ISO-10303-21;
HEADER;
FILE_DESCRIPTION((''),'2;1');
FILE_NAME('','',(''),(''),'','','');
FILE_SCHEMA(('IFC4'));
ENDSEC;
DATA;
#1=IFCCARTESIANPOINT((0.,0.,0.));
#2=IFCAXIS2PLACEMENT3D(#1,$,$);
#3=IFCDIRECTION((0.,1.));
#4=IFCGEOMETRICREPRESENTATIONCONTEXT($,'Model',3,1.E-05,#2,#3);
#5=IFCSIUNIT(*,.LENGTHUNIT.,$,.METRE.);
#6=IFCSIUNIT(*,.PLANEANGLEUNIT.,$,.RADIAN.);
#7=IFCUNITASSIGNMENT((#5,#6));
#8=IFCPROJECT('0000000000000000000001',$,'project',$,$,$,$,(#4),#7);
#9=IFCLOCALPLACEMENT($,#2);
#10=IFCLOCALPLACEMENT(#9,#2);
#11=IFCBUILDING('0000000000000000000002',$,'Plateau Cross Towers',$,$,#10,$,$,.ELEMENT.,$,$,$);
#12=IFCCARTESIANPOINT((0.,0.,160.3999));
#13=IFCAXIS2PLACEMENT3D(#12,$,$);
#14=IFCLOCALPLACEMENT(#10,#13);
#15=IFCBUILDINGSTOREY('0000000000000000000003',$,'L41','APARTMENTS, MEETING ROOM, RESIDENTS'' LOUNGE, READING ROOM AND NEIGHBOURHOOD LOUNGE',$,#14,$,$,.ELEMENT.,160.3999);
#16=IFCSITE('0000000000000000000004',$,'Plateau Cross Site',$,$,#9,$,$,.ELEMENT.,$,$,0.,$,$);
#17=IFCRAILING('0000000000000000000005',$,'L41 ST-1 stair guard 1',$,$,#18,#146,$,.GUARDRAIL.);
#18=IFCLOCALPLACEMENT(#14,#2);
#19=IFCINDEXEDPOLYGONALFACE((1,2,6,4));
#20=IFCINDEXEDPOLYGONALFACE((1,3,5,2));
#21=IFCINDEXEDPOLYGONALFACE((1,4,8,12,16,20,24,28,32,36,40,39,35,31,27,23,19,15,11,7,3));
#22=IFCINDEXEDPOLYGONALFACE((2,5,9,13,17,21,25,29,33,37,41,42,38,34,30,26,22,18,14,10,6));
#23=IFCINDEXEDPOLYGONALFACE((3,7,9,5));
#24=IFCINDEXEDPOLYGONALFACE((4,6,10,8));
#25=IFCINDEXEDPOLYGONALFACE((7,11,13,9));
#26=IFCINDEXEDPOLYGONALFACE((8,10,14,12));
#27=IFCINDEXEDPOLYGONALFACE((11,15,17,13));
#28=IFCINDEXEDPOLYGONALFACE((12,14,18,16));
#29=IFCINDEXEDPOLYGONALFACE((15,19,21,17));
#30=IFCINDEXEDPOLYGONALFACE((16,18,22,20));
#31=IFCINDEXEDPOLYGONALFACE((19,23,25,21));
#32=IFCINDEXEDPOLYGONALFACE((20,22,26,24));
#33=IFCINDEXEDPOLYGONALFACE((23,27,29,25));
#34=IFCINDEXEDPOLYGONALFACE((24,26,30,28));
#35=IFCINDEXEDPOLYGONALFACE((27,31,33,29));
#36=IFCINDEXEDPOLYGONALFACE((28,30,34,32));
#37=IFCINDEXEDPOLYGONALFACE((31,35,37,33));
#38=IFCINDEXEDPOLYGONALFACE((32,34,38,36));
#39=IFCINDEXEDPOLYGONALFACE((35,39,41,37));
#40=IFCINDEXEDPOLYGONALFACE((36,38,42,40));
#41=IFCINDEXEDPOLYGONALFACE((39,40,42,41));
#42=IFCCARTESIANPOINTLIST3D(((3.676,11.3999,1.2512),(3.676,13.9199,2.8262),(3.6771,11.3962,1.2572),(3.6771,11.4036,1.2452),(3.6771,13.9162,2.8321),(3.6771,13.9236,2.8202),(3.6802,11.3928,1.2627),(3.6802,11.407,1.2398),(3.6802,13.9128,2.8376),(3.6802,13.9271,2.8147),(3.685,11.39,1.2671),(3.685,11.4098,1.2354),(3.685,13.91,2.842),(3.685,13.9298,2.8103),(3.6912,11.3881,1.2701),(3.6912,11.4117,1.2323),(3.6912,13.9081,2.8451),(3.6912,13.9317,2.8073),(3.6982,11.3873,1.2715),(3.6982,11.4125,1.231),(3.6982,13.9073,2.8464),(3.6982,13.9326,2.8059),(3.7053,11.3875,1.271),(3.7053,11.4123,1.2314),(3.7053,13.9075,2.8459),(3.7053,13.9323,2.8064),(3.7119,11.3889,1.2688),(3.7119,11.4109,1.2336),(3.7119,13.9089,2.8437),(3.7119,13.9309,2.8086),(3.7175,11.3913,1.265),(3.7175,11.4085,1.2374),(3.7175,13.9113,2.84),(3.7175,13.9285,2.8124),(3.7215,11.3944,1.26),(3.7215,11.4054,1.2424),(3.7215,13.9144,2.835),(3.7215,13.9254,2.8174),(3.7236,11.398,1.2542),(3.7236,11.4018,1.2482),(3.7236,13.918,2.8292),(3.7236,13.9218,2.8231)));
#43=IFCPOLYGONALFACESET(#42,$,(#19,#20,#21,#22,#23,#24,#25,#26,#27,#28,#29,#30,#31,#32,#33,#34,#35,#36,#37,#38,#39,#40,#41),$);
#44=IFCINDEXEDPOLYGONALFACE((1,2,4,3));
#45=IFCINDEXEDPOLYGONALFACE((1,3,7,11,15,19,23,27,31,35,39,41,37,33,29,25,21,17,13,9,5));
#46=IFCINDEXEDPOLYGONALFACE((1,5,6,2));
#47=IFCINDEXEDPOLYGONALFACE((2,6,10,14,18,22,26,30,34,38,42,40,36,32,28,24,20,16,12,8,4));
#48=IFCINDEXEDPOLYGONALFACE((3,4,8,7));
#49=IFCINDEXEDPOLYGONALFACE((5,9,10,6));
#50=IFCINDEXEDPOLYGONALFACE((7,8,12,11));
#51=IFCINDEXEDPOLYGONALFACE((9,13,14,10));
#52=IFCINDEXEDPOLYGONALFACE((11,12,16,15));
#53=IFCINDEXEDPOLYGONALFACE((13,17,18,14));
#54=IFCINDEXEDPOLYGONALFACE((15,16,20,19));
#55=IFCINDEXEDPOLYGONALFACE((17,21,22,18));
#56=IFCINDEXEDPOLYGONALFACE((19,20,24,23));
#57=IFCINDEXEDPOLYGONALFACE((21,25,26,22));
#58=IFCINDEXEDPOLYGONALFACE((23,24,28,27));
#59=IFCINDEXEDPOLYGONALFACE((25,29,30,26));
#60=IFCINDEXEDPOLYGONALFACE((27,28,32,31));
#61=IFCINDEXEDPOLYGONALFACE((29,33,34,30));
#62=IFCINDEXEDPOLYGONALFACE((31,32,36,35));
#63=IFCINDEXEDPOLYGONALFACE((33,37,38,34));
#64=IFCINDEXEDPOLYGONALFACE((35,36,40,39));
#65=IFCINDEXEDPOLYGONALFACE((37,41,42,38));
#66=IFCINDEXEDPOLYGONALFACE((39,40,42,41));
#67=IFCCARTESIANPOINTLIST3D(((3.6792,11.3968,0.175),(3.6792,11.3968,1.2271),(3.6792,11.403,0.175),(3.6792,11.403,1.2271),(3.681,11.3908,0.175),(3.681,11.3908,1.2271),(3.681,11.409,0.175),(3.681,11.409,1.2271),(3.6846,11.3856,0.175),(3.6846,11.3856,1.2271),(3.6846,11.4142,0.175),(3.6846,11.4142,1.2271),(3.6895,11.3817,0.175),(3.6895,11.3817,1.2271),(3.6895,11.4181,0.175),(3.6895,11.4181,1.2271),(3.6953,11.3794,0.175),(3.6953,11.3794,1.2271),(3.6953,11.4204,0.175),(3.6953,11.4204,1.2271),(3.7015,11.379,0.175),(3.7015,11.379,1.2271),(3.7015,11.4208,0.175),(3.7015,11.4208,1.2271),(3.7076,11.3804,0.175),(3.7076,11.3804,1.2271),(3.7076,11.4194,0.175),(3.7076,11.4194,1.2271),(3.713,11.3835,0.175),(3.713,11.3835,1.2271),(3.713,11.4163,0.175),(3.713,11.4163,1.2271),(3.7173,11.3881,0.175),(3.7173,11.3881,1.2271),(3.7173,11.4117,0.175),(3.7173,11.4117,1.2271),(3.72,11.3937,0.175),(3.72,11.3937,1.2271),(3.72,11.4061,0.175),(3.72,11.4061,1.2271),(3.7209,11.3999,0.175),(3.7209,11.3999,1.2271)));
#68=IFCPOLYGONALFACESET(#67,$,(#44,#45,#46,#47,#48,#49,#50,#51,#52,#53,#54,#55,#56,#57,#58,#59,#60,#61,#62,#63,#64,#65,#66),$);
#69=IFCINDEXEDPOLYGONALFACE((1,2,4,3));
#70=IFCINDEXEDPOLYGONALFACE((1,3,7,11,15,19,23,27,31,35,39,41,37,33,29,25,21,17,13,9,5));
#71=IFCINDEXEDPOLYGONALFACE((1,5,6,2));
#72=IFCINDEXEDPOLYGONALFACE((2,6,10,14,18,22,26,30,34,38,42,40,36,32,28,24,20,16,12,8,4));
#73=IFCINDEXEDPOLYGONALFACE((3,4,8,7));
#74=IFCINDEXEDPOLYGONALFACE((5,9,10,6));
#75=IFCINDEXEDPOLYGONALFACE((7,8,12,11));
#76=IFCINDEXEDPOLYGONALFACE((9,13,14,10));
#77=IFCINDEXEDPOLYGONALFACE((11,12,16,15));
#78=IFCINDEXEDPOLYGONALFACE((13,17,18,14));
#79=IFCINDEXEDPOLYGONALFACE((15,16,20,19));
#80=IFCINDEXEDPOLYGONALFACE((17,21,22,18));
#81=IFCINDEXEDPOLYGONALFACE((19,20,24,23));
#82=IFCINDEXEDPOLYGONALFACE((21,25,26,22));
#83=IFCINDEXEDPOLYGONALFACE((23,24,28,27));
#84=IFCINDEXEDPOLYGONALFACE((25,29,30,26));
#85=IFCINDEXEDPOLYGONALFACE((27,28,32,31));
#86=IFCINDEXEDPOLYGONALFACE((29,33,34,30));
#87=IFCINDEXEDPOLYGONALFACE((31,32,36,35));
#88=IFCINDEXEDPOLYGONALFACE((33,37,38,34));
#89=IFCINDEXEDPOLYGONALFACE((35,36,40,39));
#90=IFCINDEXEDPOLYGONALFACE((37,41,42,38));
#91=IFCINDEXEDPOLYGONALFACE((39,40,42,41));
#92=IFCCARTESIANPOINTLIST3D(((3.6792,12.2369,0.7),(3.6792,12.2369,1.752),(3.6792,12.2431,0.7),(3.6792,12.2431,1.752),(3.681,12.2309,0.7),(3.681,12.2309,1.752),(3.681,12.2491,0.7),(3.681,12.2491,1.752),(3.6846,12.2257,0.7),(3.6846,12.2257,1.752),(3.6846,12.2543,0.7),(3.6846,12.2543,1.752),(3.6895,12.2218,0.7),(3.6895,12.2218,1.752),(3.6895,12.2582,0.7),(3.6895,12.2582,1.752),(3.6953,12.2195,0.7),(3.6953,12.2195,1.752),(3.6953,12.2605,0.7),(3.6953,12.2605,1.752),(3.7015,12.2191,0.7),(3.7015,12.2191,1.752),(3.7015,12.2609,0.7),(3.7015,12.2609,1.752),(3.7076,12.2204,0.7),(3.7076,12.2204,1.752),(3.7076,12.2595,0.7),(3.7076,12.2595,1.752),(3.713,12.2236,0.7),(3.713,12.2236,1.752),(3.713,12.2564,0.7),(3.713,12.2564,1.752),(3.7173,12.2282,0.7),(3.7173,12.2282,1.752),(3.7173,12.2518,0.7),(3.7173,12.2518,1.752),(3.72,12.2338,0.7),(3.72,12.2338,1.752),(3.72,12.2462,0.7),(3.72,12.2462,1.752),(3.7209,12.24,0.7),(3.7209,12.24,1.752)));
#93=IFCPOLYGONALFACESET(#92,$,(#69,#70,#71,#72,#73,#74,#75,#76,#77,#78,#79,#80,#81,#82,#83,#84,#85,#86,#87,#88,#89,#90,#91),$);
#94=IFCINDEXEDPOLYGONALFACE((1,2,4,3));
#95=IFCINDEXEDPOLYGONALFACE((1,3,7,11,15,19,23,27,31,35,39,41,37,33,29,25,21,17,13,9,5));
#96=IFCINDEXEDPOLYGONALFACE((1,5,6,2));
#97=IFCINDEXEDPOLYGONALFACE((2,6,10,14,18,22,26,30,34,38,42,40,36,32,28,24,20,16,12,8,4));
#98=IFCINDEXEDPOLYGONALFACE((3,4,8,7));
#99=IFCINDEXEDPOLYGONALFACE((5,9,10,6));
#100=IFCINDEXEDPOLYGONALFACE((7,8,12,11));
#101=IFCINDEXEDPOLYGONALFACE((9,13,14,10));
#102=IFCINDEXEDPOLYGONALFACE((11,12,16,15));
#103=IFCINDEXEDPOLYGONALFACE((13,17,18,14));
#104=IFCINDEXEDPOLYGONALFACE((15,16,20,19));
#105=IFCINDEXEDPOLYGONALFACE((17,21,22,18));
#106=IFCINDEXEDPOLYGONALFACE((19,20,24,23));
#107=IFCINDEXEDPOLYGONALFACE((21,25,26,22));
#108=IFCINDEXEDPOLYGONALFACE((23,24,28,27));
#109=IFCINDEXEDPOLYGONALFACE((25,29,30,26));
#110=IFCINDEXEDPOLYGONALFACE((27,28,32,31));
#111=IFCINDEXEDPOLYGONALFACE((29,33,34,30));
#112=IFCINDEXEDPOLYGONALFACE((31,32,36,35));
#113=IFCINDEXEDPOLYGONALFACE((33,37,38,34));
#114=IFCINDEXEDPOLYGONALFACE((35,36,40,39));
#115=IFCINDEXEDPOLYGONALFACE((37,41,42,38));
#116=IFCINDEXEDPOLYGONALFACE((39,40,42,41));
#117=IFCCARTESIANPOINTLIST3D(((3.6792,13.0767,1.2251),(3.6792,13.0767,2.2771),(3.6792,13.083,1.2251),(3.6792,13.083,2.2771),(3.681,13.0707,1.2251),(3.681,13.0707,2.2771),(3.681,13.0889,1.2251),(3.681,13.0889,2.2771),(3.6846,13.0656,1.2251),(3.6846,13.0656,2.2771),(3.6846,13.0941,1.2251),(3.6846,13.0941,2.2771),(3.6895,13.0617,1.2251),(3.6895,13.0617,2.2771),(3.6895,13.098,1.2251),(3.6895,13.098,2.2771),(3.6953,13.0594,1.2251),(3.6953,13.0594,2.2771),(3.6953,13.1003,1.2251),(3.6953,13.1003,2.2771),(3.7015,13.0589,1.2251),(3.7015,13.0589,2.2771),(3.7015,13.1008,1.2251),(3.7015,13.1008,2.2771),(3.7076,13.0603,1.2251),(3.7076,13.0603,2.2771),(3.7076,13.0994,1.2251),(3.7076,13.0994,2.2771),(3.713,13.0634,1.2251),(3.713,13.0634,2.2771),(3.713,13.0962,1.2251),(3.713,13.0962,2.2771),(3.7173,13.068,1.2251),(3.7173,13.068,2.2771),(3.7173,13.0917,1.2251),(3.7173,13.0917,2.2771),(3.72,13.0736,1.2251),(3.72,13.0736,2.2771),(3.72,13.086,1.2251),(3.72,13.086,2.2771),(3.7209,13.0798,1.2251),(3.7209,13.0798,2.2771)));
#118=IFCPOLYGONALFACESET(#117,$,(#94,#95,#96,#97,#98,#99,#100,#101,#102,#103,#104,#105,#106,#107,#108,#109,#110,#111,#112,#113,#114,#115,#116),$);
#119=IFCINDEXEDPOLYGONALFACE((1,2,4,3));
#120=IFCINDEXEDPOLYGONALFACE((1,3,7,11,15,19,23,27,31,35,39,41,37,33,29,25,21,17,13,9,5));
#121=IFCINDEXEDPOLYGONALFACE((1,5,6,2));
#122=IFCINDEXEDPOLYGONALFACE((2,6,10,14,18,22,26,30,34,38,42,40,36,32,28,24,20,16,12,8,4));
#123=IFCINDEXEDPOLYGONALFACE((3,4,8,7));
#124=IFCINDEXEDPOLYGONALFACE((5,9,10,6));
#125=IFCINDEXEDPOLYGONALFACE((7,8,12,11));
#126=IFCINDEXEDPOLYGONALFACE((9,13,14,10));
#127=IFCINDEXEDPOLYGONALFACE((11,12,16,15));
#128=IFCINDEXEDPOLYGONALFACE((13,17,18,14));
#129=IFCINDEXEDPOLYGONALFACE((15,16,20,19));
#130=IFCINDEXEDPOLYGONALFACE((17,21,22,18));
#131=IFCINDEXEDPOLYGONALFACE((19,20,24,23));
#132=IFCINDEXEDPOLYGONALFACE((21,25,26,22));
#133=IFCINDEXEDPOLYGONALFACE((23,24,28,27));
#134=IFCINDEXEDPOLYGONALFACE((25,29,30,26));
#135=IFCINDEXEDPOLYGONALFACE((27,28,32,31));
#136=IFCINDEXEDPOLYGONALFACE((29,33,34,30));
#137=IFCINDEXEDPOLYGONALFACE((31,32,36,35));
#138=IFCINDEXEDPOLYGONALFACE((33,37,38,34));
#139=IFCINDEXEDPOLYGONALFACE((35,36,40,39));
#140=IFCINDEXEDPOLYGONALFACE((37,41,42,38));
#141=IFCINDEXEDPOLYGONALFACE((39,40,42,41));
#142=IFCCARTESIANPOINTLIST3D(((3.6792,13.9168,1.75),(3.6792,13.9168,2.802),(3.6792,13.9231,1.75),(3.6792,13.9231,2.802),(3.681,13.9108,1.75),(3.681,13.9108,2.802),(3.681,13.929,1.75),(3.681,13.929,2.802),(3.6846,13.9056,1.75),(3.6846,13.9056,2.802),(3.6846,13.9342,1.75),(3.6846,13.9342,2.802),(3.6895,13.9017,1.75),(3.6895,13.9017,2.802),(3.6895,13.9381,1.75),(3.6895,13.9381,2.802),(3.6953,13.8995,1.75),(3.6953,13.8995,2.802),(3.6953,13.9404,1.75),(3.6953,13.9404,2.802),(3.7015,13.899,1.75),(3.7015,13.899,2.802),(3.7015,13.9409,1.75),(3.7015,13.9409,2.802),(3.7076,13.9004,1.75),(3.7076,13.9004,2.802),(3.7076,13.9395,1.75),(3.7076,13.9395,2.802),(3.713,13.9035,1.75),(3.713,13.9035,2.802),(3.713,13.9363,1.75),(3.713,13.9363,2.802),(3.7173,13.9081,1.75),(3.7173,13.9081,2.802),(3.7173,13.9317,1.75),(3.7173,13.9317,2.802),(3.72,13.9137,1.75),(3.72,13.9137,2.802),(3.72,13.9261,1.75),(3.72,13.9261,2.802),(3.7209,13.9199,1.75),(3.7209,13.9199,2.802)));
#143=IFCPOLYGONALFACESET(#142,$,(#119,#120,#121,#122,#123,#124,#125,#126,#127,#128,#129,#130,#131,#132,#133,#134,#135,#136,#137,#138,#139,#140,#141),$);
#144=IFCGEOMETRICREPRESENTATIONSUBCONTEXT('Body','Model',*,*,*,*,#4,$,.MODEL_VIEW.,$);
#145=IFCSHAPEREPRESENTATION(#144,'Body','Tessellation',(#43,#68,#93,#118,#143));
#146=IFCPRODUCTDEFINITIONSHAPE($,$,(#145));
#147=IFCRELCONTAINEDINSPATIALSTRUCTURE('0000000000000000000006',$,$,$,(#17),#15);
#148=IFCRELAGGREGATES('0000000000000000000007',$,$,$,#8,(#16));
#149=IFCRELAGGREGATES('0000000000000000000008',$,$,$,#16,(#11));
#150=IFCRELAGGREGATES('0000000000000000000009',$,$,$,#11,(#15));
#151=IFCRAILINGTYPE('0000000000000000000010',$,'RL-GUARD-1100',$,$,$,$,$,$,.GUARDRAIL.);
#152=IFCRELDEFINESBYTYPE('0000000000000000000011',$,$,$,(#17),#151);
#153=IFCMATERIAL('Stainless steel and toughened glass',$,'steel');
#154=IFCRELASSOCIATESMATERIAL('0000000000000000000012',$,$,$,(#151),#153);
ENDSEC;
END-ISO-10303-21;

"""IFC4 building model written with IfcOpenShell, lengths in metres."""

from ifc_helpers import new_model, si_unit, direction, frame, origin, origin_2d, place, context, subcontext, project, spatial, circle, extrude, material, type_object, element, save


model = new_model("IFC4")

# Units and contexts
model_context = context("Model", 3, precision=1e-05, world=origin(), true_north=direction((0.0, 1.0)))
body_context = subcontext(model_context, "Body", "Model", "MODEL_VIEW")
ifc_project = project(units=[si_unit("LENGTHUNIT", "METRE"), si_unit("PLANEANGLEUNIT", "RADIAN")], contexts=[model_context])

# Site, building, storey
site_placement = place(None, origin())
site = spatial("IfcSite", under=ifc_project, at=site_placement, Name="Plateau Cross Site", CompositionType="ELEMENT", RefElevation=0.0)
building_placement = place(site_placement, origin())
building = spatial("IfcBuilding", under=site, at=building_placement, Name="Plateau Cross Towers", CompositionType="ELEMENT")
storey_placement = place(building_placement, frame((0.0, 0.0, 160.3999)))
storey = spatial("IfcBuildingStorey", under=building, at=storey_placement, Name="L41", Description="APARTMENTS, MEETING ROOM, RESIDENTS' LOUNGE, READING ROOM AND NEIGHBOURHOOD LOUNGE", CompositionType="ELEMENT", Elevation=160.3999)

# Railing
ifc_material_1 = material(Name="Stainless steel and toughened glass", Category="steel")
railing_type_1 = type_object("IfcRailingType", Name="RL-GUARD-1100", PredefinedType="GUARDRAIL", material=ifc_material_1)
railing_1_placement = place(storey_placement, frame((3.7, 11.3999, 0.175)))
element("IfcRailing", 1, at=railing_1_placement, inside=storey, type_object=railing_type_1, Name="L41 ST-1 stair guard 1", PredefinedType="GUARDRAIL", context=body_context, shape_type="SweptSolid", body=[
    extrude(circle(Radius=0.0239, at=origin_2d()), frame((0.0, 0.0, 1.0762), z_axis=(0.0, 0.848008, 0.529984), x_axis=(-1.0, 0.0, 0.0)), (0.0, 0.0, 1.0), 2.9717),
    extrude(circle(Radius=0.021, at=origin_2d()), origin(), (0.0, 0.0, 1.0), 1.052),
    extrude(circle(Radius=0.021, at=origin_2d()), frame((0.0, 0.8401, 0.5249)), (0.0, 0.0, 1.0), 1.052),
    extrude(circle(Radius=0.021, at=origin_2d()), frame((0.0, 1.6799, 1.05)), (0.0, 0.0, 1.0), 1.052),
    extrude(circle(Radius=0.021, at=origin_2d()), frame((0.0, 2.52, 1.575)), (0.0, 0.0, 1.0), 1.052),
])

save(model, "model.ifc")
